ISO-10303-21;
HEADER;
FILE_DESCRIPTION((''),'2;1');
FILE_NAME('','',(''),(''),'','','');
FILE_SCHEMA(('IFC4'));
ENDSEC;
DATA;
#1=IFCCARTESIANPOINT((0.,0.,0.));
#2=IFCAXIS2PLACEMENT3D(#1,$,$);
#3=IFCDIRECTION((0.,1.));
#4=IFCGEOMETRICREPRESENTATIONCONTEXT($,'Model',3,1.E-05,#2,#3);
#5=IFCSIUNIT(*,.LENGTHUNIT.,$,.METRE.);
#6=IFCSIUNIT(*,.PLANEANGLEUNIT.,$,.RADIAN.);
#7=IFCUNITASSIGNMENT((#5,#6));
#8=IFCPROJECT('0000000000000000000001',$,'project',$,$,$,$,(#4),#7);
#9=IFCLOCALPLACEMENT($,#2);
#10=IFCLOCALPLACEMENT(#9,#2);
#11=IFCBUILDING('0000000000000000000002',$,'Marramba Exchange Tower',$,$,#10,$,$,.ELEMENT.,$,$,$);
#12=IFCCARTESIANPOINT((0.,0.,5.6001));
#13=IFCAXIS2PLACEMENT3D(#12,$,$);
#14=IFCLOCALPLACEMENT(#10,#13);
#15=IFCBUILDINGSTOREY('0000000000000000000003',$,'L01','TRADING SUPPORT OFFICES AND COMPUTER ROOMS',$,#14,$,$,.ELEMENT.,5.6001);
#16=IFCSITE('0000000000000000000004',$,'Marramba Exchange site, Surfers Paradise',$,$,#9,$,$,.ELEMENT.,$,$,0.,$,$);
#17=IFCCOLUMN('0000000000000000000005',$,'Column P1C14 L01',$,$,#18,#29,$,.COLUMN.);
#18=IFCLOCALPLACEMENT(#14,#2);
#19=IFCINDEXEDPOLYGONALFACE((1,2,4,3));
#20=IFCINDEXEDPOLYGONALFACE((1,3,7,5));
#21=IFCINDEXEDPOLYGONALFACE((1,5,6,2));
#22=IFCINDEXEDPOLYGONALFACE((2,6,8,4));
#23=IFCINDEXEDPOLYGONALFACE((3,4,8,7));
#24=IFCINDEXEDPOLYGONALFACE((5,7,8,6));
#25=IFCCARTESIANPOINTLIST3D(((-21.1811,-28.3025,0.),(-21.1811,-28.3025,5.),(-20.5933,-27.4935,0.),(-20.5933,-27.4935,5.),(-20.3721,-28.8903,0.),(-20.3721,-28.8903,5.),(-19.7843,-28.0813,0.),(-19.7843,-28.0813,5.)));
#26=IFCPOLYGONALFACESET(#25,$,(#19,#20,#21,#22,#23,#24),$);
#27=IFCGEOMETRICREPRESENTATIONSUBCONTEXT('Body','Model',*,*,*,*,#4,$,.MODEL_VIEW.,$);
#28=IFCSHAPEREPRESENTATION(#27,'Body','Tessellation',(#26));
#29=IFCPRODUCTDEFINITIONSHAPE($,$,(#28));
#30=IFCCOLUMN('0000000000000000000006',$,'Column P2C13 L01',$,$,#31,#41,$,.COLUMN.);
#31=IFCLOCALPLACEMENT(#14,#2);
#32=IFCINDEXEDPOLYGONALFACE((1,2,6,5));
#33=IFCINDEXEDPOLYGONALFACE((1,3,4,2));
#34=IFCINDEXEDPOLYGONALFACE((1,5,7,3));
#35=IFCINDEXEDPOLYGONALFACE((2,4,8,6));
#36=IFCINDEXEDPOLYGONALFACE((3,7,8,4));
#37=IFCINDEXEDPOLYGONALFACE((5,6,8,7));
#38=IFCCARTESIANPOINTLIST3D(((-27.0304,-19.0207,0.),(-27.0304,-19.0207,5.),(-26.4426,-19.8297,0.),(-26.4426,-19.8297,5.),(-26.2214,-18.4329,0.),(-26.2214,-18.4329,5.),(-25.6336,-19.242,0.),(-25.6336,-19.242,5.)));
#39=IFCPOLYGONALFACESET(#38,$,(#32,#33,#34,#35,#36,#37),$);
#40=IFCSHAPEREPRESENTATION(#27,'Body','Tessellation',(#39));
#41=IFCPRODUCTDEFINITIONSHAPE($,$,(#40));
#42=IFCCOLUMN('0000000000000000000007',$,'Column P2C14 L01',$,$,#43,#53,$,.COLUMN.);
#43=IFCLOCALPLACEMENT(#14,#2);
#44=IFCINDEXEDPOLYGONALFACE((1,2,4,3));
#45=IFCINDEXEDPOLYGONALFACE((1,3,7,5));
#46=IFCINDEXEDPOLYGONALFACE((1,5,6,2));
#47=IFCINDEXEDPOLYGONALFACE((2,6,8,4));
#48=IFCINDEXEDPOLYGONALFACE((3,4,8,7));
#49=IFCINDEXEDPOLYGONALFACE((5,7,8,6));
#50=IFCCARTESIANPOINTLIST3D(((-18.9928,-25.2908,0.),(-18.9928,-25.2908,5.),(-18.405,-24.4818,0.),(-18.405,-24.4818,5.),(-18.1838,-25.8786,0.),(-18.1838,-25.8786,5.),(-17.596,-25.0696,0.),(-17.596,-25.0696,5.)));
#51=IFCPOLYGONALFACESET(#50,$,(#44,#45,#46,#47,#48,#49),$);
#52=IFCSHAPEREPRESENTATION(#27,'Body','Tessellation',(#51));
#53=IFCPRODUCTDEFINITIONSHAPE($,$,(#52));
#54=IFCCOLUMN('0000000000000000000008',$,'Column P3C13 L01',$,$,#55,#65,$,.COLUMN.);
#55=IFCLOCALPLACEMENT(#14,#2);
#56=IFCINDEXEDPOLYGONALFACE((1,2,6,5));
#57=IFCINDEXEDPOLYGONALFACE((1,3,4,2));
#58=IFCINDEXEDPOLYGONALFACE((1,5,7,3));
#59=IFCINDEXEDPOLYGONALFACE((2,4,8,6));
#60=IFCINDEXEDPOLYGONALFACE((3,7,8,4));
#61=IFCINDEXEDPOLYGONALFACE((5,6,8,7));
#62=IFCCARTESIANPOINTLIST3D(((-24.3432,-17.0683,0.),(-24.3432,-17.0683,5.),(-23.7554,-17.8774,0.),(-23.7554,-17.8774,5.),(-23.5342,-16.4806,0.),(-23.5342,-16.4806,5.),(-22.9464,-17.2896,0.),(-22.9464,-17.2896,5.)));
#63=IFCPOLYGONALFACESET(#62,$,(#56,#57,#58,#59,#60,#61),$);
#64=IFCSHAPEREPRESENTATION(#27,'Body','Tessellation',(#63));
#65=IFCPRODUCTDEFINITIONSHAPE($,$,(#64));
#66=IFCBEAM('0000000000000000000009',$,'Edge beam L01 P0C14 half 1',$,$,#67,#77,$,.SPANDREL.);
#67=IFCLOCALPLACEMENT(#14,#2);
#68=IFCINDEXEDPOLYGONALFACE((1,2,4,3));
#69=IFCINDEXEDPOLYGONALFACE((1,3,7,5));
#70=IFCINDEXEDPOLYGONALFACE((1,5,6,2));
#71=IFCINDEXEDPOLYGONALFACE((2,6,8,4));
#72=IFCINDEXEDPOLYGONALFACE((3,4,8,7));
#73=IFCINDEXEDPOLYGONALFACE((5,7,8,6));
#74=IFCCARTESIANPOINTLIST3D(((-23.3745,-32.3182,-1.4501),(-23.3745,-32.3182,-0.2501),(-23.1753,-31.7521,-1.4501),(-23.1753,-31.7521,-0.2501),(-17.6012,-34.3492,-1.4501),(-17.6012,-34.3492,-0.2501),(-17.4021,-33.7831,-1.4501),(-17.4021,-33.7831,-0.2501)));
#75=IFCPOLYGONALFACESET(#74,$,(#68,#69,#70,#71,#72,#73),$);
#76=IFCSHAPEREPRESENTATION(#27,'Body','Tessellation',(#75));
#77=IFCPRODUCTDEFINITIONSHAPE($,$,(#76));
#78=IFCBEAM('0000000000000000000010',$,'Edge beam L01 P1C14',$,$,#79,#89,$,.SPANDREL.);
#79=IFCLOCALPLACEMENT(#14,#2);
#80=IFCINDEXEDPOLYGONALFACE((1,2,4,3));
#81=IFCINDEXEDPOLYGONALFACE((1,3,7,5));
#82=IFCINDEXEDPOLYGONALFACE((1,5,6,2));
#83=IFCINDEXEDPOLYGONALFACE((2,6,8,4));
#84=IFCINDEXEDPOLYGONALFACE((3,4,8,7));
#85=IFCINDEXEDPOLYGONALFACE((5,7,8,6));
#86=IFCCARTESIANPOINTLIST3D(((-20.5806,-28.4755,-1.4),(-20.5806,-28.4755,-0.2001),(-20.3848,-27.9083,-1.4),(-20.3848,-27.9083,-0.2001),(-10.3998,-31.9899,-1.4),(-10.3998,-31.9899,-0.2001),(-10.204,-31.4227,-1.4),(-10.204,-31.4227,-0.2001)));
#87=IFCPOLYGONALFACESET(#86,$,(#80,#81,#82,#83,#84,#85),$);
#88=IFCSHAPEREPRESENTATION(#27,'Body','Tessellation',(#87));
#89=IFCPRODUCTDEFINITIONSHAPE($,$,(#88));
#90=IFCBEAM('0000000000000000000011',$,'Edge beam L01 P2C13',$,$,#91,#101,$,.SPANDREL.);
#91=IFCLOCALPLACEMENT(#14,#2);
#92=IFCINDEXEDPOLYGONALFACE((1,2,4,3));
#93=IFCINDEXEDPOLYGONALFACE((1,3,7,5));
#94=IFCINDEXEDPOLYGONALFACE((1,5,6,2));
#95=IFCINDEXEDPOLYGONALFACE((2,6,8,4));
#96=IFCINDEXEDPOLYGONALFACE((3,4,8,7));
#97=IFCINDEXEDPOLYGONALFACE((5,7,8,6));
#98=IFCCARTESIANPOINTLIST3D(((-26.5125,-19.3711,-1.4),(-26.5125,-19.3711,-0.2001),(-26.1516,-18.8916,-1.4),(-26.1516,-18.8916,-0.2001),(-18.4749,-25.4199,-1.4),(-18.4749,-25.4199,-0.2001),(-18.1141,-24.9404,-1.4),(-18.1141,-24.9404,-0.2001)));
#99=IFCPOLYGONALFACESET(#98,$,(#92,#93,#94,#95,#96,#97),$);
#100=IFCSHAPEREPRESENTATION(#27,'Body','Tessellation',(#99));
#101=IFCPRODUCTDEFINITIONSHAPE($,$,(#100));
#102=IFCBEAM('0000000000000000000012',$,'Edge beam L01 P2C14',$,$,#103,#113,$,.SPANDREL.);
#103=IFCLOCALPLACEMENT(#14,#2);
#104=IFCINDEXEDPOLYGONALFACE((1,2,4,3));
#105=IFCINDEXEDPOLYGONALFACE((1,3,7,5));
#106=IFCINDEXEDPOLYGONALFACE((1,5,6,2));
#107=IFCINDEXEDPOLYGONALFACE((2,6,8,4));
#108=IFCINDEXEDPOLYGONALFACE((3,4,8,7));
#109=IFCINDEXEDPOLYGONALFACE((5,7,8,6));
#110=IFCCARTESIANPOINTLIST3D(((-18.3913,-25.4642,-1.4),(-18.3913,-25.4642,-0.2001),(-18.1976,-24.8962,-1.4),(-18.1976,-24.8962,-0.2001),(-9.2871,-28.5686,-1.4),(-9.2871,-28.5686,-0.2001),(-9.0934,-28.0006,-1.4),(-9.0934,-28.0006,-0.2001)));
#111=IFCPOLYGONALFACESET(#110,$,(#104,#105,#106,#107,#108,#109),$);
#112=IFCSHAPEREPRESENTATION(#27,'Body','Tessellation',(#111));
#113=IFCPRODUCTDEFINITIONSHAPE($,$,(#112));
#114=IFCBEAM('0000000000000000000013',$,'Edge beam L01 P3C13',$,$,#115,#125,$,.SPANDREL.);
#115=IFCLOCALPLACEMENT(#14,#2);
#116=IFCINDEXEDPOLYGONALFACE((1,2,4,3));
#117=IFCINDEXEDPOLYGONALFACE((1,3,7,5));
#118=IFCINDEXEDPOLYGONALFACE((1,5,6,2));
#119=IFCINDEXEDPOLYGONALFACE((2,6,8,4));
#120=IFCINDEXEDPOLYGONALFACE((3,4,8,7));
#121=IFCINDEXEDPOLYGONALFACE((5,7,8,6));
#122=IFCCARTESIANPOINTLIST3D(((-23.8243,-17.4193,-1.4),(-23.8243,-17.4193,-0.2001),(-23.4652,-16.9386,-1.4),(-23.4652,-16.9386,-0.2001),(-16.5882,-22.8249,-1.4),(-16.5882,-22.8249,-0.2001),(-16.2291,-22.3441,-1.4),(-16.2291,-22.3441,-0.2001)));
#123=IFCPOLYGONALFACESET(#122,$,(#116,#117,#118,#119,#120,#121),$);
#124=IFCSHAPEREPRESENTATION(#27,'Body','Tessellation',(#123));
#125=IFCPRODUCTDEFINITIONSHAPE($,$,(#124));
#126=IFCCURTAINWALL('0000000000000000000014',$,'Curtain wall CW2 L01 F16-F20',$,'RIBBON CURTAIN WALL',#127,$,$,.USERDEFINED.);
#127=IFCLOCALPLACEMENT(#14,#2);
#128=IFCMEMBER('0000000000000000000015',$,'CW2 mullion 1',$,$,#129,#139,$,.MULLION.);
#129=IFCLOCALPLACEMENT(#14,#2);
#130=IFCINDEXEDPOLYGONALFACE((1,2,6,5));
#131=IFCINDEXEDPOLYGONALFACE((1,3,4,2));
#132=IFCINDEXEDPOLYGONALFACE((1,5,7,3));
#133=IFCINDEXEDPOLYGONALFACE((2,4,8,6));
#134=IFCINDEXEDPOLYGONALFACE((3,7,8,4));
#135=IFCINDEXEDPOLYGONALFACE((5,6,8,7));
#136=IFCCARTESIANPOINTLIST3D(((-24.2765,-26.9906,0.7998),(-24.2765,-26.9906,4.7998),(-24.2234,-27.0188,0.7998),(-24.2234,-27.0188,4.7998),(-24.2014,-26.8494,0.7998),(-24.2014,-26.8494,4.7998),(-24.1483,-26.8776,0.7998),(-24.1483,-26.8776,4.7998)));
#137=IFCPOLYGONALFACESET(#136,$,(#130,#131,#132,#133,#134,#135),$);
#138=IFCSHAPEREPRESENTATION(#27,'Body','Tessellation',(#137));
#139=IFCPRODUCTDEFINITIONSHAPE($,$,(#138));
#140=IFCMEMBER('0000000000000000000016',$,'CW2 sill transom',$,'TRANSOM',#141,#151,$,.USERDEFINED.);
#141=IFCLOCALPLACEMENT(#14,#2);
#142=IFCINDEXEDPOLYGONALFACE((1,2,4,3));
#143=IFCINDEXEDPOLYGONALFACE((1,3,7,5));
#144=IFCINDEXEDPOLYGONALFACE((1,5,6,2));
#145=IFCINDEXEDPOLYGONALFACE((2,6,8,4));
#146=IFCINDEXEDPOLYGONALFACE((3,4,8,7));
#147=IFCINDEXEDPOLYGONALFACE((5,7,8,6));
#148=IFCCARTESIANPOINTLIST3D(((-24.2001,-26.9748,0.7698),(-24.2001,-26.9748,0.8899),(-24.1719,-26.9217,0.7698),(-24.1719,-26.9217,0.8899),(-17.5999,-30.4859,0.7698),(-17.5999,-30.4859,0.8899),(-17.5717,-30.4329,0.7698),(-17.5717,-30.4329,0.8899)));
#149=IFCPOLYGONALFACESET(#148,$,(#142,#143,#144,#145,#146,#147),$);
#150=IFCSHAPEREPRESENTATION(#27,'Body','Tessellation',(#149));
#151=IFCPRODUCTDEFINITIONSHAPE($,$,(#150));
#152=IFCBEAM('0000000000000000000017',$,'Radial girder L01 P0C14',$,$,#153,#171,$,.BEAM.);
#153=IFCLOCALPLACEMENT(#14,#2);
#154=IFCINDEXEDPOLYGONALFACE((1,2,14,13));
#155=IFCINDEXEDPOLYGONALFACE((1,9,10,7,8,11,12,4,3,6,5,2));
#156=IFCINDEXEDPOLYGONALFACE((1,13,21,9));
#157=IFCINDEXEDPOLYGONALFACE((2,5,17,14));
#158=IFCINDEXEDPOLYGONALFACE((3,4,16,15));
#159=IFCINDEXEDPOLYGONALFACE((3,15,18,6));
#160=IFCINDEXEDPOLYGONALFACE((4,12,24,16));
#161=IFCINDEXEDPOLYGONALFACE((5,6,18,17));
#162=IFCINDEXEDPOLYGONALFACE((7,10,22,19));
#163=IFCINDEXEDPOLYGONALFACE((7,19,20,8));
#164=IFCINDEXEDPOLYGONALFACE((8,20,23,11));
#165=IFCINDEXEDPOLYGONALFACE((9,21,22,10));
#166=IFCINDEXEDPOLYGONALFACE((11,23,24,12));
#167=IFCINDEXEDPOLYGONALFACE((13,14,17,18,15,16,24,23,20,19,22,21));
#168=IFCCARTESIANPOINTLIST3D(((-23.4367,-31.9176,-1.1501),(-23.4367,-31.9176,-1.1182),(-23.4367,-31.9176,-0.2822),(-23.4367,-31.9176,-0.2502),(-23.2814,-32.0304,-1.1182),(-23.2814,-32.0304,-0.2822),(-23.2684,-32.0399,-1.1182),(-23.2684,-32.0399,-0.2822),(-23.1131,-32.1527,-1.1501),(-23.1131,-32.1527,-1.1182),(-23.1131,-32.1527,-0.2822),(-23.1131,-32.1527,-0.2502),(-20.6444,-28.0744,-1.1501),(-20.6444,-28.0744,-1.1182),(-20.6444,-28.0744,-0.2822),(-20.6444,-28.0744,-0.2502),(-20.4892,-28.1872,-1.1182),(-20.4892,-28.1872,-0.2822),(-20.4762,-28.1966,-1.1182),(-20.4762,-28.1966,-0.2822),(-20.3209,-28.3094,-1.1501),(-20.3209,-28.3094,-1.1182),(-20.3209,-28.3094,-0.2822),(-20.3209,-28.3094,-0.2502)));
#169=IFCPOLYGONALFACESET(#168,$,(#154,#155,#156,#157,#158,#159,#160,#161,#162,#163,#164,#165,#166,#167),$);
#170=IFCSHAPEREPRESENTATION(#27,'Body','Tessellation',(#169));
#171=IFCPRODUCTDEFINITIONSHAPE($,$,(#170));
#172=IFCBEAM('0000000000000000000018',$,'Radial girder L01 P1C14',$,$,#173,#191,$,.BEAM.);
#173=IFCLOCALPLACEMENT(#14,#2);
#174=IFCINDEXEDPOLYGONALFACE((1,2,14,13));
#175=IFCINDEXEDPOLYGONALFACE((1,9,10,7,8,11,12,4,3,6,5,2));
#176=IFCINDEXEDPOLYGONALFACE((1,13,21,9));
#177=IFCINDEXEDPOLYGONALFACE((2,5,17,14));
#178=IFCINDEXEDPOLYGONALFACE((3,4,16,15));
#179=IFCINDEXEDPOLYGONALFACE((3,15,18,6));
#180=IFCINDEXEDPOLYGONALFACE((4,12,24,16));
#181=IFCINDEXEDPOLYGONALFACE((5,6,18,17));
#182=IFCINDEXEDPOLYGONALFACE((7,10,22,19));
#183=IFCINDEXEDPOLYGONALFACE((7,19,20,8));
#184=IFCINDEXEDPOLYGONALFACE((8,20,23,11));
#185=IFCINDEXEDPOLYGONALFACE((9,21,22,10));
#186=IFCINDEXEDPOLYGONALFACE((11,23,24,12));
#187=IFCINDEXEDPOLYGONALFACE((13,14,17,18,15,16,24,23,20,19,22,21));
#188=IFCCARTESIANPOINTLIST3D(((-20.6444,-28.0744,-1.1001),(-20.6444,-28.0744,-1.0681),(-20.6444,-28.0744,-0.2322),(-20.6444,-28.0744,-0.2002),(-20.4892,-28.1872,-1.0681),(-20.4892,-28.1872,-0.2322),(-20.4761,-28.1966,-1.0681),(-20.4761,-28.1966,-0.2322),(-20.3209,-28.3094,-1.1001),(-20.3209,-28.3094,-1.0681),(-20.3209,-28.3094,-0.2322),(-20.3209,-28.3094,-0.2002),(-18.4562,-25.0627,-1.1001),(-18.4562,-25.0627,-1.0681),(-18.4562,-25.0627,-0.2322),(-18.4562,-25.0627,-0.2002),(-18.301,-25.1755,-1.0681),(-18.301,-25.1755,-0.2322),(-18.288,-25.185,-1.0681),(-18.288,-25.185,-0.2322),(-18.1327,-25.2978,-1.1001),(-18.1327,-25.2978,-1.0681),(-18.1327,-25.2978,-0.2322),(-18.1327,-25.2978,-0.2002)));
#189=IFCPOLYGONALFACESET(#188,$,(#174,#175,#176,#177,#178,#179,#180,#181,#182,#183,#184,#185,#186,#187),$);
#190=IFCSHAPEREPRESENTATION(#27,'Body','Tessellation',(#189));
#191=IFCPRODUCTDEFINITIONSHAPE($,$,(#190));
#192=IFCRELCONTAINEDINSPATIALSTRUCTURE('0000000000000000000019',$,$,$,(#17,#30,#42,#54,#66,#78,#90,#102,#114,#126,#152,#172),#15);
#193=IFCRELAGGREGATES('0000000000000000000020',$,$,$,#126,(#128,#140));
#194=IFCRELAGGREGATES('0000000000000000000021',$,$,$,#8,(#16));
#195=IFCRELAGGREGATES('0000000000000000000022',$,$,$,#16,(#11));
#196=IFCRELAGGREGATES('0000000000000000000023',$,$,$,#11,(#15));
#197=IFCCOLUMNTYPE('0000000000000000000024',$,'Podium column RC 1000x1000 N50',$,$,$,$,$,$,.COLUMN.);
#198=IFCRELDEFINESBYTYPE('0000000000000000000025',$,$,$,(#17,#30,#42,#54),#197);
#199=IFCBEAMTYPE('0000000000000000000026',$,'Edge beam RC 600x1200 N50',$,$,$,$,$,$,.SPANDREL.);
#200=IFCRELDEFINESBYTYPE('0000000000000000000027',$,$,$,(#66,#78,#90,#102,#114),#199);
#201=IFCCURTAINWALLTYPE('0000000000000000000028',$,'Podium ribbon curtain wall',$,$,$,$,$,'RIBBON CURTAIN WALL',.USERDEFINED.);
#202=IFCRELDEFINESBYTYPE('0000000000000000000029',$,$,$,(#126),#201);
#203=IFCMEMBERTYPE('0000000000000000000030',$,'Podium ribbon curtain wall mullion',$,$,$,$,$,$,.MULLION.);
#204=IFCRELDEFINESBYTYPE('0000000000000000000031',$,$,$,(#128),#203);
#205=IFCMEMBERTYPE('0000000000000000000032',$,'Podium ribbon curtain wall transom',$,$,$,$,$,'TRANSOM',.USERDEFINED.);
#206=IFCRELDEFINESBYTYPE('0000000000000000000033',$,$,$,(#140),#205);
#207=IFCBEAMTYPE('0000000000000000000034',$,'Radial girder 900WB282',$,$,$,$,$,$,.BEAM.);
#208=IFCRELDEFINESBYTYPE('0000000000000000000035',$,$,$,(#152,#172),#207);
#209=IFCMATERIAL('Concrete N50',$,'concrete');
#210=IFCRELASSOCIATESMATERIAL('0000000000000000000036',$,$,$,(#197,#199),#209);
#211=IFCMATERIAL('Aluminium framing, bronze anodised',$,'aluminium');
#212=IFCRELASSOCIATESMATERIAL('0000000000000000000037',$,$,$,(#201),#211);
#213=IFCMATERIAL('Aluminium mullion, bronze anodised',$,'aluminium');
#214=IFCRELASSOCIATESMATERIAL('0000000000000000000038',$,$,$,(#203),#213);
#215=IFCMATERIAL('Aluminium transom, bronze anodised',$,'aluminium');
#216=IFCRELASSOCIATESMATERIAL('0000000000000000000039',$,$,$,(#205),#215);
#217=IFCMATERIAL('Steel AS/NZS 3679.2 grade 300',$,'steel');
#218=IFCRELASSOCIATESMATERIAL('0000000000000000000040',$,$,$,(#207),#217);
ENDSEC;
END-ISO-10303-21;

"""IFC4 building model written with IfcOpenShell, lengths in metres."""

from ifc_helpers import new_model, si_unit, direction, frame, origin, origin_2d, place, context, subcontext, project, spatial, rectangle, i_section, extrude, material, material_profile, profile_set, type_object, element, aggregate, save


model = new_model("IFC4")

# Units and contexts
model_context = context("Model", 3, precision=1e-05, world=origin(), true_north=direction((0.0, 1.0)))
body_context = subcontext(model_context, "Body", "Model", "MODEL_VIEW")
ifc_project = project(units=[si_unit("LENGTHUNIT", "METRE"), si_unit("PLANEANGLEUNIT", "RADIAN")], contexts=[model_context])

# Site, building, storey
site_placement = place(None, origin())
site = spatial("IfcSite", under=ifc_project, at=site_placement, Name="Marramba Exchange site, Surfers Paradise", CompositionType="ELEMENT", RefElevation=0.0)
building_placement = place(site_placement, origin())
building = spatial("IfcBuilding", under=site, at=building_placement, Name="Marramba Exchange Tower", CompositionType="ELEMENT")
storey_placement = place(building_placement, frame((0.0, 0.0, 5.6001)))
storey = spatial("IfcBuildingStorey", under=building, at=storey_placement, Name="L01", Description="TRADING SUPPORT OFFICES AND COMPUTER ROOMS", CompositionType="ELEMENT", Elevation=5.6001)

# Columns
ifc_material_1 = material(Name="Concrete N50", Category="concrete")
ifc_material_profile_1 = material_profile(ifc_material_1, rectangle(XDim=1.0, YDim=1.0, at=origin_2d()), Name="RC 1000x1000")
ifc_profile_set_1 = profile_set([ifc_material_profile_1], Name="Concrete N50")
column_type = type_object("IfcColumnType", Name="Podium column RC 1000x1000 N50", PredefinedType="COLUMN", material=ifc_profile_set_1)
for number, where, z_axis, x_axis, name in (
    (1, (-20.4827, -28.1919, 0.0), (0.0, 0.0, 1.0), (-0.587785, -0.809017, 0.0), "Column P1C14 L01"),
    (2, (-26.332, -19.1313, 0.0), (0.0, 0.0, 1.0), (-0.809017, -0.587785, 0.0), "Column P2C13 L01"),
    (3, (-18.2944, -25.1802, 0.0), (0.0, 0.0, 1.0), (-0.587785, -0.809017, 0.0), "Column P2C14 L01"),
    (4, (-23.6448, -17.179, 0.0), (0.0, 0.0, 1.0), (-0.809017, -0.587785, 0.0), "Column P3C13 L01"),
):
    element("IfcColumn", number, at=place(storey_placement, frame(where, z_axis=z_axis, x_axis=x_axis)), inside=storey, type_object=column_type, Name=name, PredefinedType="COLUMN", context=body_context, shape_type="SweptSolid", body=[
        extrude(rectangle(XDim=1.0, YDim=1.0, at=origin_2d()), origin(), (0.0, 0.0, 1.0), 5.0),
    ])

# Beams
ifc_material_profile_2 = material_profile(ifc_material_1, rectangle(XDim=0.6001, YDim=1.2, at=origin_2d()), Name="RC 600x1200")
ifc_profile_set_2 = profile_set([ifc_material_profile_2], Name="Concrete N50")
beam_type_1 = type_object("IfcBeamType", Name="Edge beam RC 600x1200 N50", PredefinedType="SPANDREL", material=ifc_profile_set_2)
beam_1_placement = place(storey_placement, frame((-23.2749, -32.0352, -0.8501), z_axis=(0.943328, -0.331862, 0.0), x_axis=(0.331862, 0.943328, 0.0)))
element("IfcBeam", 5, at=beam_1_placement, inside=storey, type_object=beam_type_1, Name="Edge beam L01 P0C14 half 1", PredefinedType="SPANDREL", context=body_context, shape_type="SweptSolid", body=[
    extrude(rectangle(XDim=0.6001, YDim=1.2, at=origin_2d()), origin(), (0.0, 0.0, 1.0), 6.1201),
])
beam_2_placement = place(storey_placement, frame((-20.4827, -28.1919, -0.8), z_axis=(0.945263, -0.326309, 0.0), x_axis=(0.326309, 0.945263, 0.0)))
element("IfcBeam", 6, at=beam_2_placement, inside=storey, type_object=beam_type_1, Name="Edge beam L01 P1C14", PredefinedType="SPANDREL", context=body_context, shape_type="SweptSolid", body=[
    extrude(rectangle(XDim=0.6001, YDim=1.2, at=origin_2d()), origin(), (0.0, 0.0, 1.0), 10.7703),
])
beam_3_placement = place(storey_placement, frame((-26.332, -19.1313, -0.8), z_axis=(0.799015, -0.601312, 0.0), x_axis=(0.601312, 0.799015, 0.0)))
element("IfcBeam", 7, at=beam_3_placement, inside=storey, type_object=beam_type_1, Name="Edge beam L01 P2C13", PredefinedType="SPANDREL", context=body_context, shape_type="SweptSolid", body=[
    extrude(rectangle(XDim=0.6001, YDim=1.2, at=origin_2d()), origin(), (0.0, 0.0, 1.0), 10.0593),
])
beam_4_placement = place(storey_placement, frame((-18.2944, -25.1802, -0.8), z_axis=(0.946486, -0.322746, 0.0), x_axis=(0.322746, 0.946486, 0.0)))
element("IfcBeam", 8, at=beam_4_placement, inside=storey, type_object=beam_type_1, Name="Edge beam L01 P2C14", PredefinedType="SPANDREL", context=body_context, shape_type="SweptSolid", body=[
    extrude(rectangle(XDim=0.6001, YDim=1.2, at=origin_2d()), origin(), (0.0, 0.0, 1.0), 9.6189),
])
beam_5_placement = place(storey_placement, frame((-23.6448, -17.179, -0.8), z_axis=(0.801144, -0.598472, 0.0), x_axis=(0.598472, 0.801144, 0.0)))
element("IfcBeam", 9, at=beam_5_placement, inside=storey, type_object=beam_type_1, Name="Edge beam L01 P3C13", PredefinedType="SPANDREL", context=body_context, shape_type="SweptSolid", body=[
    extrude(rectangle(XDim=0.6001, YDim=1.2, at=origin_2d()), origin(), (0.0, 0.0, 1.0), 9.0322),
])

# Curtain wall, members
ifc_material_2 = material(Name="Aluminium framing, bronze anodised", Category="aluminium")
curtain_wall_type = type_object("IfcCurtainWallType", Name="Podium ribbon curtain wall", ElementType="RIBBON CURTAIN WALL", PredefinedType="USERDEFINED", material=ifc_material_2)
curtain_wall_placement = place(storey_placement, origin())
curtain_wall = element("IfcCurtainWall", 10, at=curtain_wall_placement, inside=storey, type_object=curtain_wall_type, Name="Curtain wall CW2 L01 F16-F20", ObjectType="RIBBON CURTAIN WALL", PredefinedType="USERDEFINED")
ifc_material_3 = material(Name="Aluminium mullion, bronze anodised", Category="aluminium")
ifc_material_profile_3 = material_profile(ifc_material_3, rectangle(XDim=0.1599, YDim=0.0601, at=origin_2d()), Name="CW2 mullion 60x160")
ifc_profile_set_3 = profile_set([ifc_material_profile_3], Name="Aluminium mullion, bronze anodised")
member_type_1 = type_object("IfcMemberType", Name="Podium ribbon curtain wall mullion", PredefinedType="MULLION", material=ifc_profile_set_3)
member_1_placement = place(storey_placement, frame((-24.2124, -26.9341, 0.7998), z_axis=(0.0, 0.0, 1.0), x_axis=(0.469654, 0.882851, 0.0)))
member_1 = element("IfcMember", 11, at=member_1_placement, type_object=member_type_1, Name="CW2 mullion 1", PredefinedType="MULLION", context=body_context, shape_type="SweptSolid", body=[
    extrude(rectangle(XDim=0.1599, YDim=0.0601, at=origin_2d()), origin(), (0.0, 0.0, 1.0), 4.0),
])
ifc_material_4 = material(Name="Aluminium transom, bronze anodised", Category="aluminium")
ifc_material_profile_4 = material_profile(ifc_material_4, rectangle(XDim=0.0601, YDim=0.1201, at=origin_2d()), Name="CW2 transom 60x120")
ifc_profile_set_4 = profile_set([ifc_material_profile_4], Name="Aluminium transom, bronze anodised")
member_type_2 = type_object("IfcMemberType", Name="Podium ribbon curtain wall transom", ElementType="TRANSOM", PredefinedType="USERDEFINED", material=ifc_profile_set_4)
member_2_placement = place(storey_placement, frame((-24.186, -26.9482, 0.8298), z_axis=(0.88285, -0.469656, 0.0), x_axis=(0.469656, 0.88285, 0.0)))
member_2 = element("IfcMember", 12, at=member_2_placement, type_object=member_type_2, Name="CW2 sill transom", ObjectType="TRANSOM", PredefinedType="USERDEFINED", context=body_context, shape_type="SweptSolid", body=[
    extrude(rectangle(XDim=0.0601, YDim=0.1201, at=origin_2d()), origin(), (0.0, 0.0, 1.0), 7.4761),
])

# Beams
ifc_material_5 = material(Name="Steel AS/NZS 3679.2 grade 300", Category="steel")
ifc_material_profile_5 = material_profile(ifc_material_5, i_section(OverallWidth=0.3999, OverallDepth=0.8999, WebThickness=0.0161, FlangeThickness=0.032, at=origin_2d()), Name="900WB282")
ifc_profile_set_5 = profile_set([ifc_material_profile_5], Name="Steel AS/NZS 3679.2 grade 300")
beam_type_2 = type_object("IfcBeamType", Name="Radial girder 900WB282", PredefinedType="BEAM", material=ifc_profile_set_5)
beam_6_placement = place(storey_placement, frame((-23.2749, -32.0352, -0.7002), z_axis=(0.587777, 0.809023, 0.0), x_axis=(-0.809023, 0.587777, 0.0)))
element("IfcBeam", 13, at=beam_6_placement, inside=storey, type_object=beam_type_2, Name="Radial girder L01 P0C14", PredefinedType="BEAM", context=body_context, shape_type="SweptSolid", body=[
    extrude(i_section(OverallWidth=0.3999, OverallDepth=0.8999, WebThickness=0.0161, FlangeThickness=0.032, at=origin_2d()), origin(), (0.0, 0.0, 1.0), 4.7505),
])
beam_7_placement = place(storey_placement, frame((-20.4827, -28.1919, -0.6501), z_axis=(0.587801, 0.809005, 0.0), x_axis=(-0.809005, 0.587801, 0.0)))
element("IfcBeam", 14, at=beam_7_placement, inside=storey, type_object=beam_type_2, Name="Radial girder L01 P1C14", PredefinedType="BEAM", context=body_context, shape_type="SweptSolid", body=[
    extrude(i_section(OverallWidth=0.3999, OverallDepth=0.8999, WebThickness=0.0161, FlangeThickness=0.032, at=origin_2d()), origin(), (0.0, 0.0, 1.0), 3.7227),
])

aggregate(curtain_wall, [member_1, member_2])

save(model, "model.ifc")
